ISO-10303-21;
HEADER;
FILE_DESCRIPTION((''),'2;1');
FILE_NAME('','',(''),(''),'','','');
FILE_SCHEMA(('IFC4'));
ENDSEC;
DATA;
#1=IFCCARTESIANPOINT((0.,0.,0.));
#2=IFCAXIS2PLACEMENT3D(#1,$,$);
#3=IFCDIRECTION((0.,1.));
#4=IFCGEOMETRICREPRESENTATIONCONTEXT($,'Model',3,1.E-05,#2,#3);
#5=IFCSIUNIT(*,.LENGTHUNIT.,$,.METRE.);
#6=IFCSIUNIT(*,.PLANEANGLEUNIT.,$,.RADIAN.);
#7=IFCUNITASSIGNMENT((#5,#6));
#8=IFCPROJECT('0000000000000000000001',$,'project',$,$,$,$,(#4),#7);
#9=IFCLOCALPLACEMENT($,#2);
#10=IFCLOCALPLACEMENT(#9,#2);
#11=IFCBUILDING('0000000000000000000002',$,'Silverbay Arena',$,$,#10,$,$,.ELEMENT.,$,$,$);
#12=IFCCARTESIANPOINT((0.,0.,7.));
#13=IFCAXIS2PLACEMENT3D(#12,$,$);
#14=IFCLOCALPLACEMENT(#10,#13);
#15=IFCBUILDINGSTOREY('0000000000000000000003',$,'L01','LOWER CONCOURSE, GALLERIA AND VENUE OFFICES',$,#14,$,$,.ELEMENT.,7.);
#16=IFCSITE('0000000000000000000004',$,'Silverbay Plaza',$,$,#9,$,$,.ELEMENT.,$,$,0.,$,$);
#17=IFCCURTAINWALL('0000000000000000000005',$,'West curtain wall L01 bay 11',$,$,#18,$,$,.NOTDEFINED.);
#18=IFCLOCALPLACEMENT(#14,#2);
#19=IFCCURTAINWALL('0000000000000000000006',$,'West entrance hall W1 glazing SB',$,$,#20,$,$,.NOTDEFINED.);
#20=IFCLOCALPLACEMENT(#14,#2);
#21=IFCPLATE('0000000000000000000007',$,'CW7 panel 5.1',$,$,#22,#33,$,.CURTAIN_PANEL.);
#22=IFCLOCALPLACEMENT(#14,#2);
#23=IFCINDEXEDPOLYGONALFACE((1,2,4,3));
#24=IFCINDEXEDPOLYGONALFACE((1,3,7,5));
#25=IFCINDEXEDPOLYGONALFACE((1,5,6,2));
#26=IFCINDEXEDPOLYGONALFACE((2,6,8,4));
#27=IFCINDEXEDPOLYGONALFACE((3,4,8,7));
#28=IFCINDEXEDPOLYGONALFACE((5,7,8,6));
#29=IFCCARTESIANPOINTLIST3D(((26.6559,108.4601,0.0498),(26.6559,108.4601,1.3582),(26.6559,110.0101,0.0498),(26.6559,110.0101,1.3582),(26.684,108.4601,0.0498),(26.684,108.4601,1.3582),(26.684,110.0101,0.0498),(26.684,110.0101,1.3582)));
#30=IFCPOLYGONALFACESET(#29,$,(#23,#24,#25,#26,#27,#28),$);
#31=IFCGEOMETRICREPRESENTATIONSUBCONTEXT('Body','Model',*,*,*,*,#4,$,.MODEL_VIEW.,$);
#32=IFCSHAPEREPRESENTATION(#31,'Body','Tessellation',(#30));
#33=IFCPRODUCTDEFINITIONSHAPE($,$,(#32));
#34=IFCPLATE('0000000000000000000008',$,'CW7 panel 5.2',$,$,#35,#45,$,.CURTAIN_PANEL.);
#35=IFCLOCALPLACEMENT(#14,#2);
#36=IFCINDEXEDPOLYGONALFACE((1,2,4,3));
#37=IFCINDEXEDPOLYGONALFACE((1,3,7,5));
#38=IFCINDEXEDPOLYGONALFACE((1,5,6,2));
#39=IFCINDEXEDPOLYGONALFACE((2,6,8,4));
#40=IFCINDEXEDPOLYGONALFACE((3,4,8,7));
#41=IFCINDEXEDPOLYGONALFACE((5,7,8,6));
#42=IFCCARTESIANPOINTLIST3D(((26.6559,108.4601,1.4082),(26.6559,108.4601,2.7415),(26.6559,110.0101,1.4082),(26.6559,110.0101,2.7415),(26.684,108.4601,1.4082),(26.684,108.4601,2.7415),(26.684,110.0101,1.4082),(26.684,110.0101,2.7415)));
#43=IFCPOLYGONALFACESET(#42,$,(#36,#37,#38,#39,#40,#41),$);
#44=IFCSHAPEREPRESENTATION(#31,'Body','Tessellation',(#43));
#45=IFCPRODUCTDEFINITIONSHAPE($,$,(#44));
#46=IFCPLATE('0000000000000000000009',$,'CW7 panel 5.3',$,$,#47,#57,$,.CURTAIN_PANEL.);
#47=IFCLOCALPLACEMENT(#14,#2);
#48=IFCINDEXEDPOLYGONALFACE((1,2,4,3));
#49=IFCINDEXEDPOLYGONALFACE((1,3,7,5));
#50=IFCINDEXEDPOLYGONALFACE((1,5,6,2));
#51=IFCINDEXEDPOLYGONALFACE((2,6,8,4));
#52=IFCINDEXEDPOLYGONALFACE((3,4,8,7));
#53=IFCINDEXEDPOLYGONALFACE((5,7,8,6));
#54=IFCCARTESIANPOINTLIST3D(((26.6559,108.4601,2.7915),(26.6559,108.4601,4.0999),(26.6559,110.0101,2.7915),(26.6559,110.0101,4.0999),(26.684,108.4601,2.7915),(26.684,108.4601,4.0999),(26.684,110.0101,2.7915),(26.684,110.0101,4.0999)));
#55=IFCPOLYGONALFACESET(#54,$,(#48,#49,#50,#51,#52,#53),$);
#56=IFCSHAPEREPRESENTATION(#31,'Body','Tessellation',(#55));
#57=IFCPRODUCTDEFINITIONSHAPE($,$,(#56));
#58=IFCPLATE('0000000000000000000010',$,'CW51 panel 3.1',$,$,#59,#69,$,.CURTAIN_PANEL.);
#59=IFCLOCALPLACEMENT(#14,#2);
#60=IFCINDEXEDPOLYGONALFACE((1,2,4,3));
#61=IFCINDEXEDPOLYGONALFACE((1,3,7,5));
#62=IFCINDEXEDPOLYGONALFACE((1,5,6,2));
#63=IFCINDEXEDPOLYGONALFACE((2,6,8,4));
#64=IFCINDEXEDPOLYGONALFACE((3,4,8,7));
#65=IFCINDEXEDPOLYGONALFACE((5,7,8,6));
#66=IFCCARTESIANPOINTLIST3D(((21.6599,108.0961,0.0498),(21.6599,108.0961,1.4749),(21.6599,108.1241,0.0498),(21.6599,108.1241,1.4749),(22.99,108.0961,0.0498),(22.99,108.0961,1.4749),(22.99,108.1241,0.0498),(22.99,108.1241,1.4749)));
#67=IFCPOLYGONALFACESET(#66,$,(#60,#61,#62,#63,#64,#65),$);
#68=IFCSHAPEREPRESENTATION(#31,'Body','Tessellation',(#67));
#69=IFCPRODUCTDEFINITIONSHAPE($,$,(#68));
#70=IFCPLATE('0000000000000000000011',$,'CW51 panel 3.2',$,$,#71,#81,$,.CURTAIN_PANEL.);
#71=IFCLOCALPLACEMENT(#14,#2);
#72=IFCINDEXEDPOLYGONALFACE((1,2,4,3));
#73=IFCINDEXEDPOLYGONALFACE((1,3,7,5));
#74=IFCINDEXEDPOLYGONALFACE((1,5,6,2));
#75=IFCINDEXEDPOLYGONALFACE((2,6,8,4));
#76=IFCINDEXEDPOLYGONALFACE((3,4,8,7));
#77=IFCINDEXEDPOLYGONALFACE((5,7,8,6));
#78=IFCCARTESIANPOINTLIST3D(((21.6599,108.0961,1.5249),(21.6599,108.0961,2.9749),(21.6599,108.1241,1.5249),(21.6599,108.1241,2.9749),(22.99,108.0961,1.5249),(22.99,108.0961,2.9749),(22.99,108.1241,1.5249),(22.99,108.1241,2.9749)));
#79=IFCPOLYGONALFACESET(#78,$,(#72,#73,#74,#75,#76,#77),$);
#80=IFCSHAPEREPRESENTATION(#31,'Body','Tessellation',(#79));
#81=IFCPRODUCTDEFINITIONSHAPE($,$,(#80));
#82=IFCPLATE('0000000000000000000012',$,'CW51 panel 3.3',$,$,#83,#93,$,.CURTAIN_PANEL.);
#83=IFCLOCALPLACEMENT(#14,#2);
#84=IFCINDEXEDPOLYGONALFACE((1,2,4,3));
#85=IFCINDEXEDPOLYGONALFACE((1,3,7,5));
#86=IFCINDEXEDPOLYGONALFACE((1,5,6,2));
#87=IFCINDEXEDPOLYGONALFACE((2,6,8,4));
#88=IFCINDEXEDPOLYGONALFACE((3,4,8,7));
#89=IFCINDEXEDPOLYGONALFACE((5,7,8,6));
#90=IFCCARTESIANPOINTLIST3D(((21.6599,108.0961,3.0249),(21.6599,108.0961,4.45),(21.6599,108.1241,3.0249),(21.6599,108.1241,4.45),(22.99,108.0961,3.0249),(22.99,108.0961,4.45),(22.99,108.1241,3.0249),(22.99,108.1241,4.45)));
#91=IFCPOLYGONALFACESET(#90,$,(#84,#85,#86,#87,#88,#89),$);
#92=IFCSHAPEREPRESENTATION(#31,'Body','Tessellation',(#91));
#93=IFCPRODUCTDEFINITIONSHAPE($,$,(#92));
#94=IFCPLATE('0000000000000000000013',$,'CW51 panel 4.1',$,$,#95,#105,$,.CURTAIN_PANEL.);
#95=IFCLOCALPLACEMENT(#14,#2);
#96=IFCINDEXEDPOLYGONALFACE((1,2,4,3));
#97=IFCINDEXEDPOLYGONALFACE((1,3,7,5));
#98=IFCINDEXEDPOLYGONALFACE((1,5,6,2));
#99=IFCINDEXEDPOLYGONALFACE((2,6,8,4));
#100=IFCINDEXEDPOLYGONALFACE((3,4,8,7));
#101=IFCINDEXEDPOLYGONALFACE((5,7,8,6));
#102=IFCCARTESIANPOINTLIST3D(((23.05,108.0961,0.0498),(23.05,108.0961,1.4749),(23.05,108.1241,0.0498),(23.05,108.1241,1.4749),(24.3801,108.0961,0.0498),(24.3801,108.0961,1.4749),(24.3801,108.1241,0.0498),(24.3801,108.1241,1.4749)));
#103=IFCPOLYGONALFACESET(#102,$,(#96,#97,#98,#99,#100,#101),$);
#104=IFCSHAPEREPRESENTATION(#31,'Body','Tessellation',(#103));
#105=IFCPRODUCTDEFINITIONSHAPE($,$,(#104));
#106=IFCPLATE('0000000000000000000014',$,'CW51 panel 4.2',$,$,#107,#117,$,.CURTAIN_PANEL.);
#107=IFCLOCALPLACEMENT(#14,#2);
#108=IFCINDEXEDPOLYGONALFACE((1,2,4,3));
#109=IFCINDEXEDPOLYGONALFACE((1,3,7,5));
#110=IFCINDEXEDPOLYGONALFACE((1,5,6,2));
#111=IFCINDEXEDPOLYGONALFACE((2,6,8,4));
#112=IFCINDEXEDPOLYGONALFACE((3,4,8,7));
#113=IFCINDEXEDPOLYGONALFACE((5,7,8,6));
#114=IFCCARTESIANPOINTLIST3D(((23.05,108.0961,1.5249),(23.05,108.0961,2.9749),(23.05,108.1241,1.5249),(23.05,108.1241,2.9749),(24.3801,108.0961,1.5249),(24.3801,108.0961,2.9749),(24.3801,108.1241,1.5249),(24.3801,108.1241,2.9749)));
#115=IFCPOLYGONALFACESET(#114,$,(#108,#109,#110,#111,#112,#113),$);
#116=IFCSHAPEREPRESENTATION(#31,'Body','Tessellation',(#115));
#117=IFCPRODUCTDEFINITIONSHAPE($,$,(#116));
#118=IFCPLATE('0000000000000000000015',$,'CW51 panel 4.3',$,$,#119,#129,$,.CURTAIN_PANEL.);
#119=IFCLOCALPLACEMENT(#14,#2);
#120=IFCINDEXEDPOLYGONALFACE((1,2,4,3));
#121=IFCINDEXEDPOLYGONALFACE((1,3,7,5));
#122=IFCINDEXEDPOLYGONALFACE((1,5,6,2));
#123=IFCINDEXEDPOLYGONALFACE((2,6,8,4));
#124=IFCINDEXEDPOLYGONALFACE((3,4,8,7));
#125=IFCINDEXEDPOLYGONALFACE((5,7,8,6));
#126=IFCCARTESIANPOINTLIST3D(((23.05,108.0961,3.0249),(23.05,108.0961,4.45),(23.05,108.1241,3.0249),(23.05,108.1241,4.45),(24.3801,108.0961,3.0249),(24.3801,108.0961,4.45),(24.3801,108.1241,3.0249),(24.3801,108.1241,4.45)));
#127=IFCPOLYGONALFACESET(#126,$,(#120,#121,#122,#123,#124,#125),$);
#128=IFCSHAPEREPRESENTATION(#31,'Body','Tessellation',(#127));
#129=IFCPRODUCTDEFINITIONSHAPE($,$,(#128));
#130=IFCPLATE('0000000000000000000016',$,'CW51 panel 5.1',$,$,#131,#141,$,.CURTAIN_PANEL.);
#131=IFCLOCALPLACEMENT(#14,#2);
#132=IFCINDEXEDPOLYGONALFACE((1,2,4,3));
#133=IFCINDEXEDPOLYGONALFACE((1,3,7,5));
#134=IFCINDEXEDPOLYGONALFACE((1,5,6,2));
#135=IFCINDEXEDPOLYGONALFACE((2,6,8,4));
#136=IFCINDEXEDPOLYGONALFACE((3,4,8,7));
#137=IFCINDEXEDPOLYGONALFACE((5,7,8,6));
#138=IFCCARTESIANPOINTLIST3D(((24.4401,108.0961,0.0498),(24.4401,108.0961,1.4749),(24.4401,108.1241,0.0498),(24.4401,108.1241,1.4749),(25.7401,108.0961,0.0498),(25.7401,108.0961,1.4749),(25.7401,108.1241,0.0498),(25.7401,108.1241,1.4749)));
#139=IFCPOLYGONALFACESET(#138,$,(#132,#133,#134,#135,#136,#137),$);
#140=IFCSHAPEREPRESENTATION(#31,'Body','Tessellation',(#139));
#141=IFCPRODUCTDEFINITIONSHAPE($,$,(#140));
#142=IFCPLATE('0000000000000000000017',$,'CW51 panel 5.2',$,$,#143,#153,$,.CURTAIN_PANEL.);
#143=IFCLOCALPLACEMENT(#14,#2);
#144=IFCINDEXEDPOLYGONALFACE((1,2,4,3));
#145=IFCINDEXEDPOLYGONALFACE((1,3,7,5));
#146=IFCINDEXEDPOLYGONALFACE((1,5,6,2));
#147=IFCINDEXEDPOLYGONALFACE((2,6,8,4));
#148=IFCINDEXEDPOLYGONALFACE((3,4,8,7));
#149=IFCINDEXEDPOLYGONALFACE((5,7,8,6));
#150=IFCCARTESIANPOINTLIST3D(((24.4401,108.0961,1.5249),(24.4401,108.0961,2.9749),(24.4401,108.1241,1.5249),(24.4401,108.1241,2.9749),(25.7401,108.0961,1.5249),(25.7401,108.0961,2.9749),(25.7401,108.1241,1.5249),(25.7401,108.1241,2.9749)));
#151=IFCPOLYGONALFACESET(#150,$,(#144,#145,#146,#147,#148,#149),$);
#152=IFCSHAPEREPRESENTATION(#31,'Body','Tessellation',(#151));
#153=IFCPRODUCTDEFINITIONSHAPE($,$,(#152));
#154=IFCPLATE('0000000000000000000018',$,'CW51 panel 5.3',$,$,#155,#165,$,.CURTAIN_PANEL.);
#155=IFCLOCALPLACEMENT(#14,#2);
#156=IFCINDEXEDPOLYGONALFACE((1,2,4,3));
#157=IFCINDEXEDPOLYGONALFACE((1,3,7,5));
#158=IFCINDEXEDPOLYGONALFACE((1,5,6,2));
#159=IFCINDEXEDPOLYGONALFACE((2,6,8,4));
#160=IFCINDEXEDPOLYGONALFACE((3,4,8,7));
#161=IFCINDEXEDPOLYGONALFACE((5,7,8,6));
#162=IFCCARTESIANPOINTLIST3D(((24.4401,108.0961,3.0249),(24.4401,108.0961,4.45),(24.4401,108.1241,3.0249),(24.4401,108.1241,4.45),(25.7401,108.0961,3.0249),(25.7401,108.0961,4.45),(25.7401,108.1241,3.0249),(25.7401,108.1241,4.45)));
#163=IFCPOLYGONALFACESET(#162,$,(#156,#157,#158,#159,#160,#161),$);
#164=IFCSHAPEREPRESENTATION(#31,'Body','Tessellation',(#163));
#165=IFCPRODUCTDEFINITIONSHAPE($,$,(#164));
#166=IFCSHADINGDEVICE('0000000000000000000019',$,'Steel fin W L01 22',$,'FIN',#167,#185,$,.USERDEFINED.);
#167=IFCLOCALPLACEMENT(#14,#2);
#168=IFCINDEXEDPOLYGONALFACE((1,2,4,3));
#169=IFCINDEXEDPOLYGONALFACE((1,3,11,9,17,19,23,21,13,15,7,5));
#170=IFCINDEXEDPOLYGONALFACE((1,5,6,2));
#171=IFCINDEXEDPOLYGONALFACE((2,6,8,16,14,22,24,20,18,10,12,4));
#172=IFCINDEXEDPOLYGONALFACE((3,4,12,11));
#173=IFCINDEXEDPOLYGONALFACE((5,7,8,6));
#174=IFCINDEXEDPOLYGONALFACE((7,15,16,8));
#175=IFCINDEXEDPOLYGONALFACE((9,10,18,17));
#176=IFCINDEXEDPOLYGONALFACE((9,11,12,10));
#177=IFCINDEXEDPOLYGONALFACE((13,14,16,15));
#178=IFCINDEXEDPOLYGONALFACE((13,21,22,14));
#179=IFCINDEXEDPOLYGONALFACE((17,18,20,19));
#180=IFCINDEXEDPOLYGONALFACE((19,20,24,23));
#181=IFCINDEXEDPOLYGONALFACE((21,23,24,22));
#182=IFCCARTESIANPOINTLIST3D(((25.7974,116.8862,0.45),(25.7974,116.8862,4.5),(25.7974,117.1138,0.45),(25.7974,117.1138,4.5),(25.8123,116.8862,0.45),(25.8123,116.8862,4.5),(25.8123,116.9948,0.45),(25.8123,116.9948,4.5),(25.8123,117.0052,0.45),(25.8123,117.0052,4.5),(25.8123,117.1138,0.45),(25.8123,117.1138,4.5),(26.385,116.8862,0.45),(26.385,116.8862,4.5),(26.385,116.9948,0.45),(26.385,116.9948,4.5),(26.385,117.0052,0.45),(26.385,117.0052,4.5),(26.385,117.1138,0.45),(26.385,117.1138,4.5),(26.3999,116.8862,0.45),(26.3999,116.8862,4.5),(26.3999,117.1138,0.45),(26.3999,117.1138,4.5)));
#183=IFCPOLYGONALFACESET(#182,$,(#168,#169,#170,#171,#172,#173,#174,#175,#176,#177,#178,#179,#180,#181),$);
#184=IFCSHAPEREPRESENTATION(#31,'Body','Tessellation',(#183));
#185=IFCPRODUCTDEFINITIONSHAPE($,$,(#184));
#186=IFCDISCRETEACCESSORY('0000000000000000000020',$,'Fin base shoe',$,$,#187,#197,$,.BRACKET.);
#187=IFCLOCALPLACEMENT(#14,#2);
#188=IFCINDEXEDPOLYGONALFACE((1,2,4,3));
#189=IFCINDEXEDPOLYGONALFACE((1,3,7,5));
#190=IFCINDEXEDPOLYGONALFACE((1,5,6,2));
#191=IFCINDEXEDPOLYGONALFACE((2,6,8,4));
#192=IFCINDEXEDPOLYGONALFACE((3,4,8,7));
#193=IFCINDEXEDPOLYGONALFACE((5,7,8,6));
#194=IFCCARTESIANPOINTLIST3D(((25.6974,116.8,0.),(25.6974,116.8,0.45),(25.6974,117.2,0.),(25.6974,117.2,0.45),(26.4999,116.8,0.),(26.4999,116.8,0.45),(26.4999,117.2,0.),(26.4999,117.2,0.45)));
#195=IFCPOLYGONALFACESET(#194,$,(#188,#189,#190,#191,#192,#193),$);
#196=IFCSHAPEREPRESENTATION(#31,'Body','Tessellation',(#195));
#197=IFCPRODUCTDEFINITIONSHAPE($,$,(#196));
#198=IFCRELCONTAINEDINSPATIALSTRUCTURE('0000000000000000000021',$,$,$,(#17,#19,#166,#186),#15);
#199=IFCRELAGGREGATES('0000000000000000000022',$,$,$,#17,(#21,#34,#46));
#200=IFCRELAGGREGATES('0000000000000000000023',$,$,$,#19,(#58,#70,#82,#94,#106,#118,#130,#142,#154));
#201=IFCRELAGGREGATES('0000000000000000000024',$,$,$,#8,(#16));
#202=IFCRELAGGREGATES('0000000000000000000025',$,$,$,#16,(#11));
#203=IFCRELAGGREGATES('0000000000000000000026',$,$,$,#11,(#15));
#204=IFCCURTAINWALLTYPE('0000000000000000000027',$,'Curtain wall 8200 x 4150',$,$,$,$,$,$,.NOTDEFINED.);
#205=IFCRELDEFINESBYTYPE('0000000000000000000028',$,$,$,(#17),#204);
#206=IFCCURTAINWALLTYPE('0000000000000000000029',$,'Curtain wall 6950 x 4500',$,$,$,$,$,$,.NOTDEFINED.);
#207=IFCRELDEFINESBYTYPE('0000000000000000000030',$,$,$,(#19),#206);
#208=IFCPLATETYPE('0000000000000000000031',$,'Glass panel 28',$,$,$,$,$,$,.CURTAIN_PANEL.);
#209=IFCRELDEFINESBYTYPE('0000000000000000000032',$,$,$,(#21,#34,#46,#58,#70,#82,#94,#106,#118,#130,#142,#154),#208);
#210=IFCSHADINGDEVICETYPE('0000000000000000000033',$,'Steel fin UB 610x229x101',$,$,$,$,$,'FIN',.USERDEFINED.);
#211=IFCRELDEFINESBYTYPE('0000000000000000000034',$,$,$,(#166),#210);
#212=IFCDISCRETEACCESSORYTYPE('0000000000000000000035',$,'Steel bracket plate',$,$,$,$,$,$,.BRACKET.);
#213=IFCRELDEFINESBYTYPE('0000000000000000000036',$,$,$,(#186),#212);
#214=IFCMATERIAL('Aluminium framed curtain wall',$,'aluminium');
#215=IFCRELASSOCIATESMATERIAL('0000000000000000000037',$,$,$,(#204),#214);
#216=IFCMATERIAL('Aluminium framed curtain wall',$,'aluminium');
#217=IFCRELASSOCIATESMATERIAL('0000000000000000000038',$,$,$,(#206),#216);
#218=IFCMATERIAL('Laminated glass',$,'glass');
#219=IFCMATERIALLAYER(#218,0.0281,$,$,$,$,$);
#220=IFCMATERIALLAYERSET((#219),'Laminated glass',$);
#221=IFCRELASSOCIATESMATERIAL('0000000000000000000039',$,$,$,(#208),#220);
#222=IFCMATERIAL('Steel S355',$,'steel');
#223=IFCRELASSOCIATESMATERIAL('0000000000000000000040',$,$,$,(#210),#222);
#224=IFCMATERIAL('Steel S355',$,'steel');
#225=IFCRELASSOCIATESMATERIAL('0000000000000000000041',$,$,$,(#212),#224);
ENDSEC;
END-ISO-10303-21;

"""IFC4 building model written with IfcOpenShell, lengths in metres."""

from ifc_helpers import new_model, si_unit, direction, frame, origin, origin_2d, place, context, subcontext, project, spatial, rectangle, i_section, extrude, material, layer, layer_set, material_profile, profile_set, type_object, element, aggregate, save


model = new_model("IFC4")

# Units and contexts
model_context = context("Model", 3, precision=1e-05, world=origin(), true_north=direction((0.0, 1.0)))
body_context = subcontext(model_context, "Body", "Model", "MODEL_VIEW")
ifc_project = project(units=[si_unit("LENGTHUNIT", "METRE"), si_unit("PLANEANGLEUNIT", "RADIAN")], contexts=[model_context])

# Site, building, storey
site_placement = place(None, origin())
site = spatial("IfcSite", under=ifc_project, at=site_placement, Name="Silverbay Plaza", CompositionType="ELEMENT", RefElevation=0.0)
building_placement = place(site_placement, origin())
building = spatial("IfcBuilding", under=site, at=building_placement, Name="Silverbay Arena", CompositionType="ELEMENT")
storey_placement = place(building_placement, frame((0.0, 0.0, 7.0)))
storey = spatial("IfcBuildingStorey", under=building, at=storey_placement, Name="L01", Description="LOWER CONCOURSE, GALLERIA AND VENUE OFFICES", CompositionType="ELEMENT", Elevation=7.0)

# Curtain wall
ifc_material_1 = material(Name="Aluminium framed curtain wall", Category="aluminium")
curtain_wall_type_1 = type_object("IfcCurtainWallType", Name="Curtain wall 8200 x 4150", PredefinedType="NOTDEFINED", material=ifc_material_1)
curtain_wall_1_placement = place(storey_placement, origin())
curtain_wall_1 = element("IfcCurtainWall", 1, at=curtain_wall_1_placement, inside=storey, type_object=curtain_wall_type_1, Name="West curtain wall L01 bay 11", PredefinedType="NOTDEFINED")

# Curtain wall
ifc_material_2 = material(Name="Aluminium framed curtain wall", Category="aluminium")
curtain_wall_type_2 = type_object("IfcCurtainWallType", Name="Curtain wall 6950 x 4500", PredefinedType="NOTDEFINED", material=ifc_material_2)
curtain_wall_2_placement = place(storey_placement, origin())
curtain_wall_2 = element("IfcCurtainWall", 2, at=curtain_wall_2_placement, inside=storey, type_object=curtain_wall_type_2, Name="West entrance hall W1 glazing SB", PredefinedType="NOTDEFINED")

# Plates
ifc_material_3 = material(Name="Laminated glass", Category="glass")
ifc_layer = layer(ifc_material_3, 0.0281)
ifc_layer_set = layer_set([ifc_layer], Name="Laminated glass")
plate_type = type_object("IfcPlateType", Name="Glass panel 28", PredefinedType="CURTAIN_PANEL", material=ifc_layer_set)
plate_1_placement = place(storey_placement, frame((26.6699, 109.2351, 0.0498), z_axis=(0.0, 0.0, 1.0), x_axis=(0.0, -1.0, 0.0)))
plate_1 = element("IfcPlate", 3, at=plate_1_placement, type_object=plate_type, Name="CW7 panel 5.1", PredefinedType="CURTAIN_PANEL", context=body_context, shape_type="SweptSolid", body=[
    extrude(rectangle(XDim=1.55, YDim=0.0281, at=origin_2d()), origin(), (0.0, 0.0, 1.0), 1.3083),
])
plate_2_placement = place(storey_placement, frame((26.6699, 109.2351, 1.4082), z_axis=(0.0, 0.0, 1.0), x_axis=(0.0, -1.0, 0.0)))
plate_2 = element("IfcPlate", 4, at=plate_2_placement, type_object=plate_type, Name="CW7 panel 5.2", PredefinedType="CURTAIN_PANEL", context=body_context, shape_type="SweptSolid", body=[
    extrude(rectangle(XDim=1.55, YDim=0.0281, at=origin_2d()), origin(), (0.0, 0.0, 1.0), 1.3333),
])
plate_3_placement = place(storey_placement, frame((26.6699, 109.2351, 2.7915), z_axis=(0.0, 0.0, 1.0), x_axis=(0.0, -1.0, 0.0)))
plate_3 = element("IfcPlate", 5, at=plate_3_placement, type_object=plate_type, Name="CW7 panel 5.3", PredefinedType="CURTAIN_PANEL", context=body_context, shape_type="SweptSolid", body=[
    extrude(rectangle(XDim=1.55, YDim=0.0281, at=origin_2d()), origin(), (0.0, 0.0, 1.0), 1.3083),
])
aggregate(curtain_wall_1, [plate_1, plate_2, plate_3])
plate_4_placement = place(storey_placement, frame((22.325, 108.1101, 0.0498), z_axis=(0.0, 0.0, 1.0), x_axis=(1.0, 0.0, 0.0)))
plate_4 = element("IfcPlate", 6, at=plate_4_placement, type_object=plate_type, Name="CW51 panel 3.1", PredefinedType="CURTAIN_PANEL", context=body_context, shape_type="SweptSolid", body=[
    extrude(rectangle(XDim=1.3301, YDim=0.0281, at=origin_2d()), origin(), (0.0, 0.0, 1.0), 1.425),
])
plate_5_placement = place(storey_placement, frame((22.325, 108.1101, 1.5249), z_axis=(0.0, 0.0, 1.0), x_axis=(1.0, 0.0, 0.0)))
plate_5 = element("IfcPlate", 7, at=plate_5_placement, type_object=plate_type, Name="CW51 panel 3.2", PredefinedType="CURTAIN_PANEL", context=body_context, shape_type="SweptSolid", body=[
    extrude(rectangle(XDim=1.3301, YDim=0.0281, at=origin_2d()), origin(), (0.0, 0.0, 1.0), 1.45),
])
plate_6_placement = place(storey_placement, frame((22.325, 108.1101, 3.0249), z_axis=(0.0, 0.0, 1.0), x_axis=(1.0, 0.0, 0.0)))
plate_6 = element("IfcPlate", 8, at=plate_6_placement, type_object=plate_type, Name="CW51 panel 3.3", PredefinedType="CURTAIN_PANEL", context=body_context, shape_type="SweptSolid", body=[
    extrude(rectangle(XDim=1.3301, YDim=0.0281, at=origin_2d()), origin(), (0.0, 0.0, 1.0), 1.425),
])
plate_7_placement = place(storey_placement, frame((23.7151, 108.1101, 0.0498), z_axis=(0.0, 0.0, 1.0), x_axis=(1.0, 0.0, 0.0)))
plate_7 = element("IfcPlate", 9, at=plate_7_placement, type_object=plate_type, Name="CW51 panel 4.1", PredefinedType="CURTAIN_PANEL", context=body_context, shape_type="SweptSolid", body=[
    extrude(rectangle(XDim=1.3301, YDim=0.0281, at=origin_2d()), origin(), (0.0, 0.0, 1.0), 1.425),
])
plate_8_placement = place(storey_placement, frame((23.7151, 108.1101, 1.5249), z_axis=(0.0, 0.0, 1.0), x_axis=(1.0, 0.0, 0.0)))
plate_8 = element("IfcPlate", 10, at=plate_8_placement, type_object=plate_type, Name="CW51 panel 4.2", PredefinedType="CURTAIN_PANEL", context=body_context, shape_type="SweptSolid", body=[
    extrude(rectangle(XDim=1.3301, YDim=0.0281, at=origin_2d()), origin(), (0.0, 0.0, 1.0), 1.45),
])
plate_9_placement = place(storey_placement, frame((23.7151, 108.1101, 3.0249), z_axis=(0.0, 0.0, 1.0), x_axis=(1.0, 0.0, 0.0)))
plate_9 = element("IfcPlate", 11, at=plate_9_placement, type_object=plate_type, Name="CW51 panel 4.3", PredefinedType="CURTAIN_PANEL", context=body_context, shape_type="SweptSolid", body=[
    extrude(rectangle(XDim=1.3301, YDim=0.0281, at=origin_2d()), origin(), (0.0, 0.0, 1.0), 1.425),
])
plate_10_placement = place(storey_placement, frame((25.0901, 108.1101, 0.0498), z_axis=(0.0, 0.0, 1.0), x_axis=(1.0, 0.0, 0.0)))
plate_10 = element("IfcPlate", 12, at=plate_10_placement, type_object=plate_type, Name="CW51 panel 5.1", PredefinedType="CURTAIN_PANEL", context=body_context, shape_type="SweptSolid", body=[
    extrude(rectangle(XDim=1.3, YDim=0.0281, at=origin_2d()), origin(), (0.0, 0.0, 1.0), 1.425),
])
plate_11_placement = place(storey_placement, frame((25.0901, 108.1101, 1.5249), z_axis=(0.0, 0.0, 1.0), x_axis=(1.0, 0.0, 0.0)))
plate_11 = element("IfcPlate", 13, at=plate_11_placement, type_object=plate_type, Name="CW51 panel 5.2", PredefinedType="CURTAIN_PANEL", context=body_context, shape_type="SweptSolid", body=[
    extrude(rectangle(XDim=1.3, YDim=0.0281, at=origin_2d()), origin(), (0.0, 0.0, 1.0), 1.45),
])
plate_12_placement = place(storey_placement, frame((25.0901, 108.1101, 3.0249), z_axis=(0.0, 0.0, 1.0), x_axis=(1.0, 0.0, 0.0)))
plate_12 = element("IfcPlate", 14, at=plate_12_placement, type_object=plate_type, Name="CW51 panel 5.3", PredefinedType="CURTAIN_PANEL", context=body_context, shape_type="SweptSolid", body=[
    extrude(rectangle(XDim=1.3, YDim=0.0281, at=origin_2d()), origin(), (0.0, 0.0, 1.0), 1.425),
])
aggregate(curtain_wall_2, [plate_4, plate_5, plate_6, plate_7, plate_8, plate_9, plate_10, plate_11, plate_12])

# Shading device
ifc_material_4 = material(Name="Steel S355", Category="steel")
ifc_material_profile_1 = material_profile(ifc_material_4, i_section(OverallWidth=0.2275, OverallDepth=0.6025, WebThickness=0.0105, FlangeThickness=0.0149, at=origin_2d()), Name="UB 610x229x101")
ifc_profile_set_1 = profile_set([ifc_material_profile_1], Name="Steel S355")
shading_device_type = type_object("IfcShadingDeviceType", Name="Steel fin UB 610x229x101", ElementType="FIN", PredefinedType="USERDEFINED", material=ifc_profile_set_1)
shading_device_placement = place(storey_placement, frame((26.0986, 117.0, 0.45), z_axis=(0.0, 0.0, 1.0), x_axis=(0.0, 1.0, 0.0)))
element("IfcShadingDevice", 15, at=shading_device_placement, inside=storey, type_object=shading_device_type, Name="Steel fin W L01 22", ObjectType="FIN", PredefinedType="USERDEFINED", context=body_context, shape_type="SweptSolid", body=[
    extrude(i_section(OverallWidth=0.2275, OverallDepth=0.6025, WebThickness=0.0105, FlangeThickness=0.0149, at=origin_2d()), origin(), (0.0, 0.0, 1.0), 4.05),
])

# Discrete accessory
ifc_material_5 = material(Name="Steel S355", Category="steel")
discrete_accessory_type = type_object("IfcDiscreteAccessoryType", Name="Steel bracket plate", PredefinedType="BRACKET", material=ifc_material_5)
discrete_accessory_placement = place(storey_placement, frame((26.0986, 117.0, 0.0), z_axis=(0.0, 0.0, 1.0), x_axis=(1.0, 0.0, 0.0)))
element("IfcDiscreteAccessory", 16, at=discrete_accessory_placement, inside=storey, type_object=discrete_accessory_type, Name="Fin base shoe", PredefinedType="BRACKET", context=body_context, shape_type="SweptSolid", body=[
    extrude(rectangle(XDim=0.8025, YDim=0.3999, at=origin_2d()), origin(), (0.0, 0.0, 1.0), 0.45),
])

save(model, "model.ifc")
